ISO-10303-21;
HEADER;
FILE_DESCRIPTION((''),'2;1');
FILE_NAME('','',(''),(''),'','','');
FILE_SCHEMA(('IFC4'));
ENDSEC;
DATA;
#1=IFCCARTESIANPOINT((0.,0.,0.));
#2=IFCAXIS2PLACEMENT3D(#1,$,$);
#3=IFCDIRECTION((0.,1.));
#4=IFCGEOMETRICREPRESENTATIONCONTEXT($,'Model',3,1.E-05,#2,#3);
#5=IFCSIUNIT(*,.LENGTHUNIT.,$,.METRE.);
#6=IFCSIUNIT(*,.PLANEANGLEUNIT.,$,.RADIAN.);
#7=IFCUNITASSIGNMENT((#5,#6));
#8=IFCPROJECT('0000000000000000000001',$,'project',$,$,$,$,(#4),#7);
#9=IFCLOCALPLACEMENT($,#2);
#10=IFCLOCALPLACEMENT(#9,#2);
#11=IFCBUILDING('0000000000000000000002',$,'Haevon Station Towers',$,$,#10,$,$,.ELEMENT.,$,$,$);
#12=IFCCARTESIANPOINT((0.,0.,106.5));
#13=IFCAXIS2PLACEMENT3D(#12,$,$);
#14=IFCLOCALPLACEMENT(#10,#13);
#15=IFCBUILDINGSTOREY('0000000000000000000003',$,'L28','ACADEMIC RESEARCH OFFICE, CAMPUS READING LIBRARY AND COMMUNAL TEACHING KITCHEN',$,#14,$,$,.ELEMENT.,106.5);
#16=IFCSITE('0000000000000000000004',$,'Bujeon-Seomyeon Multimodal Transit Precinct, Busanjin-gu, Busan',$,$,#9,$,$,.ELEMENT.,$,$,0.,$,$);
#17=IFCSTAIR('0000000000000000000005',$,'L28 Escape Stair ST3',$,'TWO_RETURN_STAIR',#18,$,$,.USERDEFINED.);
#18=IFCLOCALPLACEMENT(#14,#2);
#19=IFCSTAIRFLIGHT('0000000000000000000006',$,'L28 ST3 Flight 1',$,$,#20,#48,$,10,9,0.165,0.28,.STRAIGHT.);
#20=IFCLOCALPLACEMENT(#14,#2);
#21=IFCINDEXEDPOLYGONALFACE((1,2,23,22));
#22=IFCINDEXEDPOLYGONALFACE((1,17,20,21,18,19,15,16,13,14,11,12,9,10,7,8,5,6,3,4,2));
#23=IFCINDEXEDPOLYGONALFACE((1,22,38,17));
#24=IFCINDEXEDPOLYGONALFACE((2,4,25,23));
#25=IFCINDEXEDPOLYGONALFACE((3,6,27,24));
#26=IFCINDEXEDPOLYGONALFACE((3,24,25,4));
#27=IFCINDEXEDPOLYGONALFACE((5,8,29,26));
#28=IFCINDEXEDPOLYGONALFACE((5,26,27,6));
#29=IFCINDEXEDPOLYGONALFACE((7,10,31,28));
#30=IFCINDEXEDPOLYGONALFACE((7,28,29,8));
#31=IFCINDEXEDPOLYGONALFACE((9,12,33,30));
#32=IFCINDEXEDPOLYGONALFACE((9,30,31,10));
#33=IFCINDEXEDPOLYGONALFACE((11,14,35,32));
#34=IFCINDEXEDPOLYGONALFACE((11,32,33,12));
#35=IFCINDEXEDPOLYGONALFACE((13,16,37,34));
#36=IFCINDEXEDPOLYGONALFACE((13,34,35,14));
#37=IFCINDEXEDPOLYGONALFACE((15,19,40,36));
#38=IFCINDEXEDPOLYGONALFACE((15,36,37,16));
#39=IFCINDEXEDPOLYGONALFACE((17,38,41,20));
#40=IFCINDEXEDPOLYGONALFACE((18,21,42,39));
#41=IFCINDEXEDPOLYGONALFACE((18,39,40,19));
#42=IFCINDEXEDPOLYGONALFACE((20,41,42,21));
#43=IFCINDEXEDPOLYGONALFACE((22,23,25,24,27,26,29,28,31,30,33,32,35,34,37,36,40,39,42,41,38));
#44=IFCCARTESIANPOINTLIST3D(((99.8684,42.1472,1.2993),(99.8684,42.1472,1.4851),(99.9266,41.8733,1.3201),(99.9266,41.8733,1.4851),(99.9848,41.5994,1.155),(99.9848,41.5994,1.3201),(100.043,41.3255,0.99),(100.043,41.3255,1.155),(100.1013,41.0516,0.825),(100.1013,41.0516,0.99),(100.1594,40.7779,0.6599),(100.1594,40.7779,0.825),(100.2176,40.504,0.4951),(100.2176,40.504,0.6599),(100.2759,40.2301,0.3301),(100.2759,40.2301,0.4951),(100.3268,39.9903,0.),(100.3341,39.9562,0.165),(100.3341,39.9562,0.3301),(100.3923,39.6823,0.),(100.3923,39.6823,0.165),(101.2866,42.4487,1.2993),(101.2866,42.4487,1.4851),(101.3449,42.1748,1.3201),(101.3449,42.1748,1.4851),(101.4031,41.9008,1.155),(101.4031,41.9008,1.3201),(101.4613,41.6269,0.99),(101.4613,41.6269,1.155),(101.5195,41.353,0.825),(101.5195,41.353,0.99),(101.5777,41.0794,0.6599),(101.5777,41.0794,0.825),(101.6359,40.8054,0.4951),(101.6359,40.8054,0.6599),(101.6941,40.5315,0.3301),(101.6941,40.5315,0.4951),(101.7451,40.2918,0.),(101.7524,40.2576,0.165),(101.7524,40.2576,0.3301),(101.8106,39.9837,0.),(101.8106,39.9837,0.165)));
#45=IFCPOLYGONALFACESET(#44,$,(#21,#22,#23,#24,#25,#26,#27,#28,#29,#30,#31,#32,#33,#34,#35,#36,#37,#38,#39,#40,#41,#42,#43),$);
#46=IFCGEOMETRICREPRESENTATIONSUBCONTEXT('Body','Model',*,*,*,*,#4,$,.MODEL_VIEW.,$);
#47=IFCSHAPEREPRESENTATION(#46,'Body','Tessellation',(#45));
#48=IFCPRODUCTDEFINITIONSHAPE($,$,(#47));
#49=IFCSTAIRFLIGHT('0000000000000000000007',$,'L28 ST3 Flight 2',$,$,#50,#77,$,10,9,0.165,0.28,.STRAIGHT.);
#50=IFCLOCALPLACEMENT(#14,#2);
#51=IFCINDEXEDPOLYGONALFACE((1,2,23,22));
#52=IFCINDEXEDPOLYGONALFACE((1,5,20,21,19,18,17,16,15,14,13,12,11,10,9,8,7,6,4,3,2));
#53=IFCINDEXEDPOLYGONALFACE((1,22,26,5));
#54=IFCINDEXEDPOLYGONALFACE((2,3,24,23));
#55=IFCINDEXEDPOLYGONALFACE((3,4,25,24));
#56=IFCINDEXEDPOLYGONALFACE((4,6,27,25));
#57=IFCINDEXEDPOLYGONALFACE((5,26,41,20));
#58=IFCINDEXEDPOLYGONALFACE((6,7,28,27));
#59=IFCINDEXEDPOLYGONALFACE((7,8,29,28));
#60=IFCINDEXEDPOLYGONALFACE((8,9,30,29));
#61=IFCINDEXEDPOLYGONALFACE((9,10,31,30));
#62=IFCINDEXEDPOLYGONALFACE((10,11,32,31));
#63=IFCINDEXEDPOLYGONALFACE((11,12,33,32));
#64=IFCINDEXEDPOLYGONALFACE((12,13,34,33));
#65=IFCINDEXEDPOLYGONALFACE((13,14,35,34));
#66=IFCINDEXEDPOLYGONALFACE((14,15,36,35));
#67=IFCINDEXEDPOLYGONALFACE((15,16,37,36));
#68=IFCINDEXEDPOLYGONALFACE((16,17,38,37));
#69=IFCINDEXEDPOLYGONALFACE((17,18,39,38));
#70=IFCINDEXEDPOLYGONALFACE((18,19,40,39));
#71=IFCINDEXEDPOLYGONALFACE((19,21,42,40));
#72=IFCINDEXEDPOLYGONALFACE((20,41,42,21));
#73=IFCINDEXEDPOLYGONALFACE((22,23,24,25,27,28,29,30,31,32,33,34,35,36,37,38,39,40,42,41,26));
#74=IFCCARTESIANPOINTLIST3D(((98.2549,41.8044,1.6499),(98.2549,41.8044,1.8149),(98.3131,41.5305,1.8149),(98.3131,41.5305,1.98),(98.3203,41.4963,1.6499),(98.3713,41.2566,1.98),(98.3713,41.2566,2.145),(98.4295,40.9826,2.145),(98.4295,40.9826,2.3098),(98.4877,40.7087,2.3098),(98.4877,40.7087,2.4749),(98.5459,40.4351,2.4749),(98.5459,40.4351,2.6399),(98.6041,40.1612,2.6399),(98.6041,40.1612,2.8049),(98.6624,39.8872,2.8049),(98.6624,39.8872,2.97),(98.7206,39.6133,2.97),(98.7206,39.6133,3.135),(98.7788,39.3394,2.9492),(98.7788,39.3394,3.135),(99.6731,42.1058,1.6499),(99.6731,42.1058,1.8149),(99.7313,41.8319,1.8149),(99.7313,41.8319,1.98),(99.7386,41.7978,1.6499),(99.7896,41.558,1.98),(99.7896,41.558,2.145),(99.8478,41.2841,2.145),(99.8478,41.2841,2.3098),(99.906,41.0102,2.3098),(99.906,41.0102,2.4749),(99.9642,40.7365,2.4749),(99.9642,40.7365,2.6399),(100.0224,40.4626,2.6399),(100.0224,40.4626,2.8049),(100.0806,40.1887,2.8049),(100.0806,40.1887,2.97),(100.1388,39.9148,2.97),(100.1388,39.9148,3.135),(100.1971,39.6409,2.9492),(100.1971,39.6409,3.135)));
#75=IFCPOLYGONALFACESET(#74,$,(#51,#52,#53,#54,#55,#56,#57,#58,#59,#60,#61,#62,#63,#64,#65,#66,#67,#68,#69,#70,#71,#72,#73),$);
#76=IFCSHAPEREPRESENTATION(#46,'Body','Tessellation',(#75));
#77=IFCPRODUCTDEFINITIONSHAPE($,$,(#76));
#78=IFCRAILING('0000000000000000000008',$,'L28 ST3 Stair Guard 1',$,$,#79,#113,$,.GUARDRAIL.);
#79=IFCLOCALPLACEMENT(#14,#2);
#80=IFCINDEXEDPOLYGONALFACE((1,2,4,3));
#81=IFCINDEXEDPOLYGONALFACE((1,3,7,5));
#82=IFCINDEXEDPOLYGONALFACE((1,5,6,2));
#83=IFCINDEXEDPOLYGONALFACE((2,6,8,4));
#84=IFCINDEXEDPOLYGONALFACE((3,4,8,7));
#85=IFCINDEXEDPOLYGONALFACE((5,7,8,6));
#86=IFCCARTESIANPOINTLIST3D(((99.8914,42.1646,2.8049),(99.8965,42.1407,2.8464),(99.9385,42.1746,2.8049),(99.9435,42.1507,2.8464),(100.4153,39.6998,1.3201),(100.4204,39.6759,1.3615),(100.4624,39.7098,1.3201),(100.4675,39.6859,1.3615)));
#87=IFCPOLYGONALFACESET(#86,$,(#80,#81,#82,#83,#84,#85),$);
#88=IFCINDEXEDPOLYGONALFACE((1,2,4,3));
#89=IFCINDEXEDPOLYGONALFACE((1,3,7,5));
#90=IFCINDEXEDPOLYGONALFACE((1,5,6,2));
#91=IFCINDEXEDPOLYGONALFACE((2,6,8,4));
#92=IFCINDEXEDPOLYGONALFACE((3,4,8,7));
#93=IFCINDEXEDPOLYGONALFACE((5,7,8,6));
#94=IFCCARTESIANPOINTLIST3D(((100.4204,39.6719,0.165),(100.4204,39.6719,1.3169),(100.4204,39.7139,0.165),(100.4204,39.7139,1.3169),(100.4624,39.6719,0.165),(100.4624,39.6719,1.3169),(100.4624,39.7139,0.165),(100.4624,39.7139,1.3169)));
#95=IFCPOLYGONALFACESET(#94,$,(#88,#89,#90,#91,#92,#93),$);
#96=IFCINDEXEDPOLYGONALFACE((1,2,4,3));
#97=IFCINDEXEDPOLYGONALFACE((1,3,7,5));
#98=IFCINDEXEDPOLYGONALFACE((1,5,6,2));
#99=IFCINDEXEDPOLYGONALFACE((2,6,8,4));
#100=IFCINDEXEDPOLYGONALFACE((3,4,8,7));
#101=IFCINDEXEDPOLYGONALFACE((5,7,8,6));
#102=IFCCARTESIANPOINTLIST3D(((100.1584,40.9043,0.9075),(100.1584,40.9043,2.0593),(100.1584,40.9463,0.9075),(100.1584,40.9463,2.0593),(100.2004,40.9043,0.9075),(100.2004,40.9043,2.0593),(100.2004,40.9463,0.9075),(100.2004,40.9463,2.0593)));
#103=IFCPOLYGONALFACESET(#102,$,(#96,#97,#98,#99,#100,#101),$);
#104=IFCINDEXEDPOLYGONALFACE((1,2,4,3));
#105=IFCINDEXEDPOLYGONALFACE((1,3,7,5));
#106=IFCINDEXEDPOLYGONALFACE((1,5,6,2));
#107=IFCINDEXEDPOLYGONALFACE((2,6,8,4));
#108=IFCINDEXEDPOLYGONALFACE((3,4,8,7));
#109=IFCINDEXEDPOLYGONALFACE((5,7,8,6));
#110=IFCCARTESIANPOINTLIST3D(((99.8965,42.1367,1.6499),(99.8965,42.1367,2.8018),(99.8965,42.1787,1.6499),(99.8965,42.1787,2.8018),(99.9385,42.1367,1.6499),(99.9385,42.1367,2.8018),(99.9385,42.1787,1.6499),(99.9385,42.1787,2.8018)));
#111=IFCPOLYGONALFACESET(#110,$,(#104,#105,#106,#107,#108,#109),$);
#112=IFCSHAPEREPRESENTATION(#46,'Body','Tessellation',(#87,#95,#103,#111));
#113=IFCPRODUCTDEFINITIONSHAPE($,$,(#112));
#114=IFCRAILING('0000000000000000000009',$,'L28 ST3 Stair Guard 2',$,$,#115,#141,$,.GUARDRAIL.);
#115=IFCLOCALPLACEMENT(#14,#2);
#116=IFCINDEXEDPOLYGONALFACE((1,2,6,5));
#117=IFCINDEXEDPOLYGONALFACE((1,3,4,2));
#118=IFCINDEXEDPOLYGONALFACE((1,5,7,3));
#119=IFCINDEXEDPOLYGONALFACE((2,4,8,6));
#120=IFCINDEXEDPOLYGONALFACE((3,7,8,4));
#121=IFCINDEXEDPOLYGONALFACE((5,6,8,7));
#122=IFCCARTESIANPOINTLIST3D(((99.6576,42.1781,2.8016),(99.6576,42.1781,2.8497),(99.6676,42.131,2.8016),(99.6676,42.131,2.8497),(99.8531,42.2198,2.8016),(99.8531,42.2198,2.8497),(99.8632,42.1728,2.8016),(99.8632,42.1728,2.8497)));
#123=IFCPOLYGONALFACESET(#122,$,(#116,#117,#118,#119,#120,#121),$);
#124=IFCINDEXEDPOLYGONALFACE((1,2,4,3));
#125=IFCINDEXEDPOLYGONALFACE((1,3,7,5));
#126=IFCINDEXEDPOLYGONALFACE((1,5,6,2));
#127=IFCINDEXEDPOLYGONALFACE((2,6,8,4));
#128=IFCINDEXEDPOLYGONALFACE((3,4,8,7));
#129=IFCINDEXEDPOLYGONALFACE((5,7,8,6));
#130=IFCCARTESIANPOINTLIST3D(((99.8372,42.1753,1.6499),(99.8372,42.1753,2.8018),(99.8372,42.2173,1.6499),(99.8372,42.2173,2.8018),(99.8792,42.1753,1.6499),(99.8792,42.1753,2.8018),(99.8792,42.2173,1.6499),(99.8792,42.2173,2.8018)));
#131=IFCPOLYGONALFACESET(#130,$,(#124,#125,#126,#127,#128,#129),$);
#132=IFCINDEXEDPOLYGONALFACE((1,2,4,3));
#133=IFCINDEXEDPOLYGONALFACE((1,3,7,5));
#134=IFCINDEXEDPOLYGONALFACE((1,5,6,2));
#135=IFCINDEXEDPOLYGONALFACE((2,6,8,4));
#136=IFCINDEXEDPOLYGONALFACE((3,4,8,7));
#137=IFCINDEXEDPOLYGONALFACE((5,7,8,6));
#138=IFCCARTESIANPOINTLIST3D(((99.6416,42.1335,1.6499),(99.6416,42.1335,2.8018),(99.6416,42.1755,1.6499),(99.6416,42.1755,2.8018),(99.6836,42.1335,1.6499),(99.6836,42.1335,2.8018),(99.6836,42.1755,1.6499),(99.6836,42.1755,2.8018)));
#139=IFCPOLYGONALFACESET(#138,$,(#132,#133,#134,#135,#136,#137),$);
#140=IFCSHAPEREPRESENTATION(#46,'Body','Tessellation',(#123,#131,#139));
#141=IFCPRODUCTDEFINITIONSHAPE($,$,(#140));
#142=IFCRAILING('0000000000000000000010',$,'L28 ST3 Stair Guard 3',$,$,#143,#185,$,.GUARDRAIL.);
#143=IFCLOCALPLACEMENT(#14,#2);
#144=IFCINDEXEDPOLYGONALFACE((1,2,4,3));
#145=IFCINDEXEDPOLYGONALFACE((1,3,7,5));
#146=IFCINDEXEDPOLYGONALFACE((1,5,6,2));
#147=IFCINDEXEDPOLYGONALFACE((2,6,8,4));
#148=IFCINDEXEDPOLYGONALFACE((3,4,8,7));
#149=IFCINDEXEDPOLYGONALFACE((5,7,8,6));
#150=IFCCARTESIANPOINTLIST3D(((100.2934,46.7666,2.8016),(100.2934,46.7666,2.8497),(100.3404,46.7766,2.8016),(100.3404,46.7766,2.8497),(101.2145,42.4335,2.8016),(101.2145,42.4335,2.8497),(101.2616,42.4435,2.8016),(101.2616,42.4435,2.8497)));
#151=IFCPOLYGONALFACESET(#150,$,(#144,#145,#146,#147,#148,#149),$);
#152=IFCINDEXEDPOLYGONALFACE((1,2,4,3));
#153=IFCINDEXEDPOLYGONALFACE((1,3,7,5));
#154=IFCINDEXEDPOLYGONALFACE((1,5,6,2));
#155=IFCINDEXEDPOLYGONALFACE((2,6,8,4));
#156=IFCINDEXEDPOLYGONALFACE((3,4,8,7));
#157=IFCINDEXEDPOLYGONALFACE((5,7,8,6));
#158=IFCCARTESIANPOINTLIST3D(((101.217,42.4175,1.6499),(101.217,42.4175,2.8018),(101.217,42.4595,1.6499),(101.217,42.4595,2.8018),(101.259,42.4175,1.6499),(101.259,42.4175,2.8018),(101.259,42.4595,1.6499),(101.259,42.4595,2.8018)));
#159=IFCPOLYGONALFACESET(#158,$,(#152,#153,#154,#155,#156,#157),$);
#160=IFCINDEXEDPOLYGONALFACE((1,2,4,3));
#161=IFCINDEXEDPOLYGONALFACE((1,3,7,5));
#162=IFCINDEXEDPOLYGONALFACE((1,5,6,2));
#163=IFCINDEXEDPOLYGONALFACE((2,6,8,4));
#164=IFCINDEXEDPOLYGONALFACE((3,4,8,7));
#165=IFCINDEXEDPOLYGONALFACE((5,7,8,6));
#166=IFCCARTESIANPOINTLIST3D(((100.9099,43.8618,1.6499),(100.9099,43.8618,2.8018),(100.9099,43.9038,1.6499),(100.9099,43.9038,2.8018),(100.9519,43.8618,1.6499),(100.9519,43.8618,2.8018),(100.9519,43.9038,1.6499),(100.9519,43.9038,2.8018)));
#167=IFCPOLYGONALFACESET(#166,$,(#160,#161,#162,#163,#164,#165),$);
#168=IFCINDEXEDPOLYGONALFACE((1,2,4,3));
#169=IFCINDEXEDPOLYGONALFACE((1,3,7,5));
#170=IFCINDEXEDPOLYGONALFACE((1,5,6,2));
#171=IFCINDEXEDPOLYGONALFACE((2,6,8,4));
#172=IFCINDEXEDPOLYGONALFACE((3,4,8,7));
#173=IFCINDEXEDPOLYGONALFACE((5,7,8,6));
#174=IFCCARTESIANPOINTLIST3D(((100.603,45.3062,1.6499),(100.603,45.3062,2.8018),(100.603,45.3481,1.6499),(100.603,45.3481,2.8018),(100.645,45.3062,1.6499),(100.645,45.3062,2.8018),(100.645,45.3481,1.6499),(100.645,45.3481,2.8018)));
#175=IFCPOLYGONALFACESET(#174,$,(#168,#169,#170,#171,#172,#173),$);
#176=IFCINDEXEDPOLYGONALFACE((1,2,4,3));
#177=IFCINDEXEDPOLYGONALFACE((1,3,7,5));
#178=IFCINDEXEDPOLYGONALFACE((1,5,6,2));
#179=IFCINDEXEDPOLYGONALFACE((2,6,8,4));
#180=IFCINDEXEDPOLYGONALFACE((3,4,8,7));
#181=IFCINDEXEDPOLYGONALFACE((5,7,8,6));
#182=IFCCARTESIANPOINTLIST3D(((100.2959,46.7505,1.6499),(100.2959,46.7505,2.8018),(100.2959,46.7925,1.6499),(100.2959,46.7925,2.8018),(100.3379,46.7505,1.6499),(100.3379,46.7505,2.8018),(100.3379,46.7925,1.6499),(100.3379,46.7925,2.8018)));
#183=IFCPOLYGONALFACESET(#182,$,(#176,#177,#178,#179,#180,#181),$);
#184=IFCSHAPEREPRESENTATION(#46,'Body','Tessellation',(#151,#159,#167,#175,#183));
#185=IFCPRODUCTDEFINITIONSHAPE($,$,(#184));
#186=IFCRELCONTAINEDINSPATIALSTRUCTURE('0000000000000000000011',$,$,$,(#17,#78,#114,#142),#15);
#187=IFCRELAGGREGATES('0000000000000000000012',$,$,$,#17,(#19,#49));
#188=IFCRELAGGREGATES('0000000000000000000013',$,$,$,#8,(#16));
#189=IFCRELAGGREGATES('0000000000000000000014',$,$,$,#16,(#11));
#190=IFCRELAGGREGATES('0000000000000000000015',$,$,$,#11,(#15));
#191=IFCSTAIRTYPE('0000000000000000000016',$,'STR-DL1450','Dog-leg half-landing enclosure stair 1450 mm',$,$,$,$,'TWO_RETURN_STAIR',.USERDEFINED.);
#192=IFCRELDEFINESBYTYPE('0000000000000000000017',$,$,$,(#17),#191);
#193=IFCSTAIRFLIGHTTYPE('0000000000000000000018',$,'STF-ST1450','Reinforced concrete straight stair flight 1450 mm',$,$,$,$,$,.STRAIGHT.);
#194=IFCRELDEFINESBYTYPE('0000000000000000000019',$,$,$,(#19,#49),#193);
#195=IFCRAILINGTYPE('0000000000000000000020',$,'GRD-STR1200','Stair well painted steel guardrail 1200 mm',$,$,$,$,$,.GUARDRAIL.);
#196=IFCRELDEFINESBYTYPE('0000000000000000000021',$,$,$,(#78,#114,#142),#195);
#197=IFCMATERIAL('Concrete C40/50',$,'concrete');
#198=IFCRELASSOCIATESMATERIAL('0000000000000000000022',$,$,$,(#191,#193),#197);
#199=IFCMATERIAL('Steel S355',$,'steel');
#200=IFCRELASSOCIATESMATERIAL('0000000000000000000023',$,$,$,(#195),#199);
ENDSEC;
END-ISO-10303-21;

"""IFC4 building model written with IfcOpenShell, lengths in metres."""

from ifc_helpers import new_model, si_unit, direction, frame, origin, origin_2d, place, context, subcontext, project, spatial, polyline, rectangle, outline, extrude, material, type_object, element, aggregate, save


model = new_model("IFC4")

# Units and contexts
model_context = context("Model", 3, precision=1e-05, world=origin(), true_north=direction((0.0, 1.0)))
body_context = subcontext(model_context, "Body", "Model", "MODEL_VIEW")
ifc_project = project(units=[si_unit("LENGTHUNIT", "METRE"), si_unit("PLANEANGLEUNIT", "RADIAN")], contexts=[model_context])

# Site, building, storey
site_placement = place(None, origin())
site = spatial("IfcSite", under=ifc_project, at=site_placement, Name="Bujeon-Seomyeon Multimodal Transit Precinct, Busanjin-gu, Busan", CompositionType="ELEMENT", RefElevation=0.0)
building_placement = place(site_placement, origin())
building = spatial("IfcBuilding", under=site, at=building_placement, Name="Haevon Station Towers", CompositionType="ELEMENT")
storey_placement = place(building_placement, frame((0.0, 0.0, 106.5)))
storey = spatial("IfcBuildingStorey", under=building, at=storey_placement, Name="L28", Description="ACADEMIC RESEARCH OFFICE, CAMPUS READING LIBRARY AND COMMUNAL TEACHING KITCHEN", CompositionType="ELEMENT", Elevation=106.5)

# Shared definitions
ifc_material_1 = material(Name="Steel S355", Category="steel")

# Shared definitions
ifc_material_2 = material(Name="Concrete C40/50", Category="concrete")

# Stair, stair flights
stair_type = type_object("IfcStairType", Name="STR-DL1450", Description="Dog-leg half-landing enclosure stair 1450 mm", ElementType="TWO_RETURN_STAIR", PredefinedType="USERDEFINED", material=ifc_material_2)
stair_placement = place(storey_placement, origin())
stair = element("IfcStair", 1, at=stair_placement, inside=storey, type_object=stair_type, Name="L28 Escape Stair ST3", ObjectType="TWO_RETURN_STAIR", PredefinedType="USERDEFINED")
stair_flight_type = type_object("IfcStairFlightType", Name="STF-ST1450", Description="Reinforced concrete straight stair flight 1450 mm", PredefinedType="STRAIGHT", material=ifc_material_2)
stair_flight_1_placement = place(storey_placement, frame((101.1016, 39.833, 0.0), z_axis=(0.0, 0.0, 1.0), x_axis=(-0.207912, 0.978148, 0.0)))
stair_flight_1 = element("IfcStairFlight", 2, at=stair_flight_1_placement, type_object=stair_flight_type, Name="L28 ST3 Flight 1", NumberOfRisers=10, NumberOfTreads=9, PredefinedType="STRAIGHT", RiserHeight=0.165, TreadLength=0.28, context=body_context, shape_type="SweptSolid", body=[
    extrude(outline(polyline([(0.0, 0.0), (0.0, 0.165), (0.28, 0.165), (0.28, 0.3301), (0.5601, 0.3301), (0.5601, 0.4951), (0.8401, 0.4951), (0.8401, 0.6599), (1.1201, 0.6599), (1.1201, 0.825), (1.3999, 0.825), (1.3999, 0.99), (1.6799, 0.99), (1.6799, 1.155), (1.96, 1.155), (1.96, 1.3201), (2.24, 1.3201), (2.24, 1.4851), (2.52, 1.4851), (2.52, 1.6499), (2.52, 1.2993), (0.3149, 0.0), (0.0, 0.0)])), frame((0.0, 0.7251, 0.0), z_axis=(0.0, -1.0, 0.0), x_axis=(1.0, 0.0, 0.0)), (0.0, 0.0, 1.0), 1.45),
])
stair_flight_2_placement = place(storey_placement, frame((98.9639, 41.9551, 1.6499), z_axis=(0.0, 0.0, 1.0), x_axis=(0.207912, -0.978148, 0.0)))
stair_flight_2 = element("IfcStairFlight", 3, at=stair_flight_2_placement, type_object=stair_flight_type, Name="L28 ST3 Flight 2", NumberOfRisers=10, NumberOfTreads=9, PredefinedType="STRAIGHT", RiserHeight=0.165, TreadLength=0.28, context=body_context, shape_type="SweptSolid", body=[
    extrude(outline(polyline([(0.0, 0.0), (0.0, 0.165), (0.28, 0.165), (0.28, 0.3301), (0.5601, 0.3301), (0.5601, 0.4951), (0.8401, 0.4951), (0.8401, 0.6599), (1.1201, 0.6599), (1.1201, 0.825), (1.3999, 0.825), (1.3999, 0.99), (1.6799, 0.99), (1.6799, 1.155), (1.96, 1.155), (1.96, 1.3201), (2.24, 1.3201), (2.24, 1.4851), (2.52, 1.4851), (2.52, 1.6499), (2.52, 1.2993), (0.3149, 0.0), (0.0, 0.0)])), frame((0.0, 0.7251, 0.0), z_axis=(0.0, -1.0, 0.0), x_axis=(1.0, 0.0, 0.0)), (0.0, 0.0, 1.0), 1.45),
])
aggregate(stair, [stair_flight_1, stair_flight_2])

# Railings
railing_type_1 = type_object("IfcRailingType", Name="GRD-STR1200", Description="Stair well painted steel guardrail 1200 mm", PredefinedType="GUARDRAIL", material=ifc_material_1)
railing_1_placement = place(storey_placement, frame((100.4414, 39.6929, 0.165)))
element("IfcRailing", 4, at=railing_1_placement, inside=storey, type_object=railing_type_1, Name="L28 ST3 Stair Guard 1", PredefinedType="GUARDRAIL", context=body_context, shape_type="SweptSolid", body=[
    extrude(rectangle(XDim=0.0481, YDim=0.0481, at=origin_2d()), frame((0.0, 0.0, 1.1758), z_axis=(-0.179129, 0.842724, 0.507671), x_axis=(-0.978147, -0.207914, 0.0)), (0.0, 0.0, 1.0), 2.9248),
    extrude(rectangle(XDim=0.042, YDim=0.042, at=origin_2d()), origin(), (0.0, 0.0, 1.0), 1.1519),
    extrude(rectangle(XDim=0.042, YDim=0.042, at=origin_2d()), frame((-0.262, 1.2324, 0.7424)), (0.0, 0.0, 1.0), 1.1519),
    extrude(rectangle(XDim=0.042, YDim=0.042, at=origin_2d()), frame((-0.5239, 2.4648, 1.4849)), (0.0, 0.0, 1.0), 1.1519),
])
railing_2_placement = place(storey_placement, frame((99.8582, 42.1963, 1.6499)))
element("IfcRailing", 5, at=railing_2_placement, inside=storey, type_object=railing_type_1, Name="L28 ST3 Stair Guard 2", PredefinedType="GUARDRAIL", context=body_context, shape_type="SweptSolid", body=[
    extrude(rectangle(XDim=0.0481, YDim=0.0481, at=origin_2d()), frame((0.0, 0.0, 1.1758), z_axis=(-0.977963, -0.208779, 0.0), x_axis=(0.208779, -0.977963, 0.0)), (0.0, 0.0, 1.0), 0.2),
    extrude(rectangle(XDim=0.042, YDim=0.042, at=origin_2d()), origin(), (0.0, 0.0, 1.0), 1.1519),
    extrude(rectangle(XDim=0.042, YDim=0.042, at=origin_2d()), frame((-0.1956, -0.0417, 0.0)), (0.0, 0.0, 1.0), 1.1519),
])
railing_3_placement = place(storey_placement, frame((101.238, 42.4385, 1.6499)))
element("IfcRailing", 6, at=railing_3_placement, inside=storey, type_object=railing_type_1, Name="L28 ST3 Stair Guard 3", PredefinedType="GUARDRAIL", context=body_context, shape_type="SweptSolid", body=[
    extrude(rectangle(XDim=0.0481, YDim=0.0481, at=origin_2d()), frame((0.0, 0.0, 1.1758), z_axis=(-0.20794, 0.978141, 0.0), x_axis=(-0.978141, -0.20794, 0.0)), (0.0, 0.0, 1.0), 4.4299),
    extrude(rectangle(XDim=0.042, YDim=0.042, at=origin_2d()), origin(), (0.0, 0.0, 1.0), 1.1519),
    extrude(rectangle(XDim=0.042, YDim=0.042, at=origin_2d()), frame((-0.3071, 1.4443, 0.0)), (0.0, 0.0, 1.0), 1.1519),
    extrude(rectangle(XDim=0.042, YDim=0.042, at=origin_2d()), frame((-0.614, 2.8887, 0.0)), (0.0, 0.0, 1.0), 1.1519),
    extrude(rectangle(XDim=0.042, YDim=0.042, at=origin_2d()), frame((-0.9211, 4.333, 0.0)), (0.0, 0.0, 1.0), 1.1519),
])

save(model, "model.ifc")
